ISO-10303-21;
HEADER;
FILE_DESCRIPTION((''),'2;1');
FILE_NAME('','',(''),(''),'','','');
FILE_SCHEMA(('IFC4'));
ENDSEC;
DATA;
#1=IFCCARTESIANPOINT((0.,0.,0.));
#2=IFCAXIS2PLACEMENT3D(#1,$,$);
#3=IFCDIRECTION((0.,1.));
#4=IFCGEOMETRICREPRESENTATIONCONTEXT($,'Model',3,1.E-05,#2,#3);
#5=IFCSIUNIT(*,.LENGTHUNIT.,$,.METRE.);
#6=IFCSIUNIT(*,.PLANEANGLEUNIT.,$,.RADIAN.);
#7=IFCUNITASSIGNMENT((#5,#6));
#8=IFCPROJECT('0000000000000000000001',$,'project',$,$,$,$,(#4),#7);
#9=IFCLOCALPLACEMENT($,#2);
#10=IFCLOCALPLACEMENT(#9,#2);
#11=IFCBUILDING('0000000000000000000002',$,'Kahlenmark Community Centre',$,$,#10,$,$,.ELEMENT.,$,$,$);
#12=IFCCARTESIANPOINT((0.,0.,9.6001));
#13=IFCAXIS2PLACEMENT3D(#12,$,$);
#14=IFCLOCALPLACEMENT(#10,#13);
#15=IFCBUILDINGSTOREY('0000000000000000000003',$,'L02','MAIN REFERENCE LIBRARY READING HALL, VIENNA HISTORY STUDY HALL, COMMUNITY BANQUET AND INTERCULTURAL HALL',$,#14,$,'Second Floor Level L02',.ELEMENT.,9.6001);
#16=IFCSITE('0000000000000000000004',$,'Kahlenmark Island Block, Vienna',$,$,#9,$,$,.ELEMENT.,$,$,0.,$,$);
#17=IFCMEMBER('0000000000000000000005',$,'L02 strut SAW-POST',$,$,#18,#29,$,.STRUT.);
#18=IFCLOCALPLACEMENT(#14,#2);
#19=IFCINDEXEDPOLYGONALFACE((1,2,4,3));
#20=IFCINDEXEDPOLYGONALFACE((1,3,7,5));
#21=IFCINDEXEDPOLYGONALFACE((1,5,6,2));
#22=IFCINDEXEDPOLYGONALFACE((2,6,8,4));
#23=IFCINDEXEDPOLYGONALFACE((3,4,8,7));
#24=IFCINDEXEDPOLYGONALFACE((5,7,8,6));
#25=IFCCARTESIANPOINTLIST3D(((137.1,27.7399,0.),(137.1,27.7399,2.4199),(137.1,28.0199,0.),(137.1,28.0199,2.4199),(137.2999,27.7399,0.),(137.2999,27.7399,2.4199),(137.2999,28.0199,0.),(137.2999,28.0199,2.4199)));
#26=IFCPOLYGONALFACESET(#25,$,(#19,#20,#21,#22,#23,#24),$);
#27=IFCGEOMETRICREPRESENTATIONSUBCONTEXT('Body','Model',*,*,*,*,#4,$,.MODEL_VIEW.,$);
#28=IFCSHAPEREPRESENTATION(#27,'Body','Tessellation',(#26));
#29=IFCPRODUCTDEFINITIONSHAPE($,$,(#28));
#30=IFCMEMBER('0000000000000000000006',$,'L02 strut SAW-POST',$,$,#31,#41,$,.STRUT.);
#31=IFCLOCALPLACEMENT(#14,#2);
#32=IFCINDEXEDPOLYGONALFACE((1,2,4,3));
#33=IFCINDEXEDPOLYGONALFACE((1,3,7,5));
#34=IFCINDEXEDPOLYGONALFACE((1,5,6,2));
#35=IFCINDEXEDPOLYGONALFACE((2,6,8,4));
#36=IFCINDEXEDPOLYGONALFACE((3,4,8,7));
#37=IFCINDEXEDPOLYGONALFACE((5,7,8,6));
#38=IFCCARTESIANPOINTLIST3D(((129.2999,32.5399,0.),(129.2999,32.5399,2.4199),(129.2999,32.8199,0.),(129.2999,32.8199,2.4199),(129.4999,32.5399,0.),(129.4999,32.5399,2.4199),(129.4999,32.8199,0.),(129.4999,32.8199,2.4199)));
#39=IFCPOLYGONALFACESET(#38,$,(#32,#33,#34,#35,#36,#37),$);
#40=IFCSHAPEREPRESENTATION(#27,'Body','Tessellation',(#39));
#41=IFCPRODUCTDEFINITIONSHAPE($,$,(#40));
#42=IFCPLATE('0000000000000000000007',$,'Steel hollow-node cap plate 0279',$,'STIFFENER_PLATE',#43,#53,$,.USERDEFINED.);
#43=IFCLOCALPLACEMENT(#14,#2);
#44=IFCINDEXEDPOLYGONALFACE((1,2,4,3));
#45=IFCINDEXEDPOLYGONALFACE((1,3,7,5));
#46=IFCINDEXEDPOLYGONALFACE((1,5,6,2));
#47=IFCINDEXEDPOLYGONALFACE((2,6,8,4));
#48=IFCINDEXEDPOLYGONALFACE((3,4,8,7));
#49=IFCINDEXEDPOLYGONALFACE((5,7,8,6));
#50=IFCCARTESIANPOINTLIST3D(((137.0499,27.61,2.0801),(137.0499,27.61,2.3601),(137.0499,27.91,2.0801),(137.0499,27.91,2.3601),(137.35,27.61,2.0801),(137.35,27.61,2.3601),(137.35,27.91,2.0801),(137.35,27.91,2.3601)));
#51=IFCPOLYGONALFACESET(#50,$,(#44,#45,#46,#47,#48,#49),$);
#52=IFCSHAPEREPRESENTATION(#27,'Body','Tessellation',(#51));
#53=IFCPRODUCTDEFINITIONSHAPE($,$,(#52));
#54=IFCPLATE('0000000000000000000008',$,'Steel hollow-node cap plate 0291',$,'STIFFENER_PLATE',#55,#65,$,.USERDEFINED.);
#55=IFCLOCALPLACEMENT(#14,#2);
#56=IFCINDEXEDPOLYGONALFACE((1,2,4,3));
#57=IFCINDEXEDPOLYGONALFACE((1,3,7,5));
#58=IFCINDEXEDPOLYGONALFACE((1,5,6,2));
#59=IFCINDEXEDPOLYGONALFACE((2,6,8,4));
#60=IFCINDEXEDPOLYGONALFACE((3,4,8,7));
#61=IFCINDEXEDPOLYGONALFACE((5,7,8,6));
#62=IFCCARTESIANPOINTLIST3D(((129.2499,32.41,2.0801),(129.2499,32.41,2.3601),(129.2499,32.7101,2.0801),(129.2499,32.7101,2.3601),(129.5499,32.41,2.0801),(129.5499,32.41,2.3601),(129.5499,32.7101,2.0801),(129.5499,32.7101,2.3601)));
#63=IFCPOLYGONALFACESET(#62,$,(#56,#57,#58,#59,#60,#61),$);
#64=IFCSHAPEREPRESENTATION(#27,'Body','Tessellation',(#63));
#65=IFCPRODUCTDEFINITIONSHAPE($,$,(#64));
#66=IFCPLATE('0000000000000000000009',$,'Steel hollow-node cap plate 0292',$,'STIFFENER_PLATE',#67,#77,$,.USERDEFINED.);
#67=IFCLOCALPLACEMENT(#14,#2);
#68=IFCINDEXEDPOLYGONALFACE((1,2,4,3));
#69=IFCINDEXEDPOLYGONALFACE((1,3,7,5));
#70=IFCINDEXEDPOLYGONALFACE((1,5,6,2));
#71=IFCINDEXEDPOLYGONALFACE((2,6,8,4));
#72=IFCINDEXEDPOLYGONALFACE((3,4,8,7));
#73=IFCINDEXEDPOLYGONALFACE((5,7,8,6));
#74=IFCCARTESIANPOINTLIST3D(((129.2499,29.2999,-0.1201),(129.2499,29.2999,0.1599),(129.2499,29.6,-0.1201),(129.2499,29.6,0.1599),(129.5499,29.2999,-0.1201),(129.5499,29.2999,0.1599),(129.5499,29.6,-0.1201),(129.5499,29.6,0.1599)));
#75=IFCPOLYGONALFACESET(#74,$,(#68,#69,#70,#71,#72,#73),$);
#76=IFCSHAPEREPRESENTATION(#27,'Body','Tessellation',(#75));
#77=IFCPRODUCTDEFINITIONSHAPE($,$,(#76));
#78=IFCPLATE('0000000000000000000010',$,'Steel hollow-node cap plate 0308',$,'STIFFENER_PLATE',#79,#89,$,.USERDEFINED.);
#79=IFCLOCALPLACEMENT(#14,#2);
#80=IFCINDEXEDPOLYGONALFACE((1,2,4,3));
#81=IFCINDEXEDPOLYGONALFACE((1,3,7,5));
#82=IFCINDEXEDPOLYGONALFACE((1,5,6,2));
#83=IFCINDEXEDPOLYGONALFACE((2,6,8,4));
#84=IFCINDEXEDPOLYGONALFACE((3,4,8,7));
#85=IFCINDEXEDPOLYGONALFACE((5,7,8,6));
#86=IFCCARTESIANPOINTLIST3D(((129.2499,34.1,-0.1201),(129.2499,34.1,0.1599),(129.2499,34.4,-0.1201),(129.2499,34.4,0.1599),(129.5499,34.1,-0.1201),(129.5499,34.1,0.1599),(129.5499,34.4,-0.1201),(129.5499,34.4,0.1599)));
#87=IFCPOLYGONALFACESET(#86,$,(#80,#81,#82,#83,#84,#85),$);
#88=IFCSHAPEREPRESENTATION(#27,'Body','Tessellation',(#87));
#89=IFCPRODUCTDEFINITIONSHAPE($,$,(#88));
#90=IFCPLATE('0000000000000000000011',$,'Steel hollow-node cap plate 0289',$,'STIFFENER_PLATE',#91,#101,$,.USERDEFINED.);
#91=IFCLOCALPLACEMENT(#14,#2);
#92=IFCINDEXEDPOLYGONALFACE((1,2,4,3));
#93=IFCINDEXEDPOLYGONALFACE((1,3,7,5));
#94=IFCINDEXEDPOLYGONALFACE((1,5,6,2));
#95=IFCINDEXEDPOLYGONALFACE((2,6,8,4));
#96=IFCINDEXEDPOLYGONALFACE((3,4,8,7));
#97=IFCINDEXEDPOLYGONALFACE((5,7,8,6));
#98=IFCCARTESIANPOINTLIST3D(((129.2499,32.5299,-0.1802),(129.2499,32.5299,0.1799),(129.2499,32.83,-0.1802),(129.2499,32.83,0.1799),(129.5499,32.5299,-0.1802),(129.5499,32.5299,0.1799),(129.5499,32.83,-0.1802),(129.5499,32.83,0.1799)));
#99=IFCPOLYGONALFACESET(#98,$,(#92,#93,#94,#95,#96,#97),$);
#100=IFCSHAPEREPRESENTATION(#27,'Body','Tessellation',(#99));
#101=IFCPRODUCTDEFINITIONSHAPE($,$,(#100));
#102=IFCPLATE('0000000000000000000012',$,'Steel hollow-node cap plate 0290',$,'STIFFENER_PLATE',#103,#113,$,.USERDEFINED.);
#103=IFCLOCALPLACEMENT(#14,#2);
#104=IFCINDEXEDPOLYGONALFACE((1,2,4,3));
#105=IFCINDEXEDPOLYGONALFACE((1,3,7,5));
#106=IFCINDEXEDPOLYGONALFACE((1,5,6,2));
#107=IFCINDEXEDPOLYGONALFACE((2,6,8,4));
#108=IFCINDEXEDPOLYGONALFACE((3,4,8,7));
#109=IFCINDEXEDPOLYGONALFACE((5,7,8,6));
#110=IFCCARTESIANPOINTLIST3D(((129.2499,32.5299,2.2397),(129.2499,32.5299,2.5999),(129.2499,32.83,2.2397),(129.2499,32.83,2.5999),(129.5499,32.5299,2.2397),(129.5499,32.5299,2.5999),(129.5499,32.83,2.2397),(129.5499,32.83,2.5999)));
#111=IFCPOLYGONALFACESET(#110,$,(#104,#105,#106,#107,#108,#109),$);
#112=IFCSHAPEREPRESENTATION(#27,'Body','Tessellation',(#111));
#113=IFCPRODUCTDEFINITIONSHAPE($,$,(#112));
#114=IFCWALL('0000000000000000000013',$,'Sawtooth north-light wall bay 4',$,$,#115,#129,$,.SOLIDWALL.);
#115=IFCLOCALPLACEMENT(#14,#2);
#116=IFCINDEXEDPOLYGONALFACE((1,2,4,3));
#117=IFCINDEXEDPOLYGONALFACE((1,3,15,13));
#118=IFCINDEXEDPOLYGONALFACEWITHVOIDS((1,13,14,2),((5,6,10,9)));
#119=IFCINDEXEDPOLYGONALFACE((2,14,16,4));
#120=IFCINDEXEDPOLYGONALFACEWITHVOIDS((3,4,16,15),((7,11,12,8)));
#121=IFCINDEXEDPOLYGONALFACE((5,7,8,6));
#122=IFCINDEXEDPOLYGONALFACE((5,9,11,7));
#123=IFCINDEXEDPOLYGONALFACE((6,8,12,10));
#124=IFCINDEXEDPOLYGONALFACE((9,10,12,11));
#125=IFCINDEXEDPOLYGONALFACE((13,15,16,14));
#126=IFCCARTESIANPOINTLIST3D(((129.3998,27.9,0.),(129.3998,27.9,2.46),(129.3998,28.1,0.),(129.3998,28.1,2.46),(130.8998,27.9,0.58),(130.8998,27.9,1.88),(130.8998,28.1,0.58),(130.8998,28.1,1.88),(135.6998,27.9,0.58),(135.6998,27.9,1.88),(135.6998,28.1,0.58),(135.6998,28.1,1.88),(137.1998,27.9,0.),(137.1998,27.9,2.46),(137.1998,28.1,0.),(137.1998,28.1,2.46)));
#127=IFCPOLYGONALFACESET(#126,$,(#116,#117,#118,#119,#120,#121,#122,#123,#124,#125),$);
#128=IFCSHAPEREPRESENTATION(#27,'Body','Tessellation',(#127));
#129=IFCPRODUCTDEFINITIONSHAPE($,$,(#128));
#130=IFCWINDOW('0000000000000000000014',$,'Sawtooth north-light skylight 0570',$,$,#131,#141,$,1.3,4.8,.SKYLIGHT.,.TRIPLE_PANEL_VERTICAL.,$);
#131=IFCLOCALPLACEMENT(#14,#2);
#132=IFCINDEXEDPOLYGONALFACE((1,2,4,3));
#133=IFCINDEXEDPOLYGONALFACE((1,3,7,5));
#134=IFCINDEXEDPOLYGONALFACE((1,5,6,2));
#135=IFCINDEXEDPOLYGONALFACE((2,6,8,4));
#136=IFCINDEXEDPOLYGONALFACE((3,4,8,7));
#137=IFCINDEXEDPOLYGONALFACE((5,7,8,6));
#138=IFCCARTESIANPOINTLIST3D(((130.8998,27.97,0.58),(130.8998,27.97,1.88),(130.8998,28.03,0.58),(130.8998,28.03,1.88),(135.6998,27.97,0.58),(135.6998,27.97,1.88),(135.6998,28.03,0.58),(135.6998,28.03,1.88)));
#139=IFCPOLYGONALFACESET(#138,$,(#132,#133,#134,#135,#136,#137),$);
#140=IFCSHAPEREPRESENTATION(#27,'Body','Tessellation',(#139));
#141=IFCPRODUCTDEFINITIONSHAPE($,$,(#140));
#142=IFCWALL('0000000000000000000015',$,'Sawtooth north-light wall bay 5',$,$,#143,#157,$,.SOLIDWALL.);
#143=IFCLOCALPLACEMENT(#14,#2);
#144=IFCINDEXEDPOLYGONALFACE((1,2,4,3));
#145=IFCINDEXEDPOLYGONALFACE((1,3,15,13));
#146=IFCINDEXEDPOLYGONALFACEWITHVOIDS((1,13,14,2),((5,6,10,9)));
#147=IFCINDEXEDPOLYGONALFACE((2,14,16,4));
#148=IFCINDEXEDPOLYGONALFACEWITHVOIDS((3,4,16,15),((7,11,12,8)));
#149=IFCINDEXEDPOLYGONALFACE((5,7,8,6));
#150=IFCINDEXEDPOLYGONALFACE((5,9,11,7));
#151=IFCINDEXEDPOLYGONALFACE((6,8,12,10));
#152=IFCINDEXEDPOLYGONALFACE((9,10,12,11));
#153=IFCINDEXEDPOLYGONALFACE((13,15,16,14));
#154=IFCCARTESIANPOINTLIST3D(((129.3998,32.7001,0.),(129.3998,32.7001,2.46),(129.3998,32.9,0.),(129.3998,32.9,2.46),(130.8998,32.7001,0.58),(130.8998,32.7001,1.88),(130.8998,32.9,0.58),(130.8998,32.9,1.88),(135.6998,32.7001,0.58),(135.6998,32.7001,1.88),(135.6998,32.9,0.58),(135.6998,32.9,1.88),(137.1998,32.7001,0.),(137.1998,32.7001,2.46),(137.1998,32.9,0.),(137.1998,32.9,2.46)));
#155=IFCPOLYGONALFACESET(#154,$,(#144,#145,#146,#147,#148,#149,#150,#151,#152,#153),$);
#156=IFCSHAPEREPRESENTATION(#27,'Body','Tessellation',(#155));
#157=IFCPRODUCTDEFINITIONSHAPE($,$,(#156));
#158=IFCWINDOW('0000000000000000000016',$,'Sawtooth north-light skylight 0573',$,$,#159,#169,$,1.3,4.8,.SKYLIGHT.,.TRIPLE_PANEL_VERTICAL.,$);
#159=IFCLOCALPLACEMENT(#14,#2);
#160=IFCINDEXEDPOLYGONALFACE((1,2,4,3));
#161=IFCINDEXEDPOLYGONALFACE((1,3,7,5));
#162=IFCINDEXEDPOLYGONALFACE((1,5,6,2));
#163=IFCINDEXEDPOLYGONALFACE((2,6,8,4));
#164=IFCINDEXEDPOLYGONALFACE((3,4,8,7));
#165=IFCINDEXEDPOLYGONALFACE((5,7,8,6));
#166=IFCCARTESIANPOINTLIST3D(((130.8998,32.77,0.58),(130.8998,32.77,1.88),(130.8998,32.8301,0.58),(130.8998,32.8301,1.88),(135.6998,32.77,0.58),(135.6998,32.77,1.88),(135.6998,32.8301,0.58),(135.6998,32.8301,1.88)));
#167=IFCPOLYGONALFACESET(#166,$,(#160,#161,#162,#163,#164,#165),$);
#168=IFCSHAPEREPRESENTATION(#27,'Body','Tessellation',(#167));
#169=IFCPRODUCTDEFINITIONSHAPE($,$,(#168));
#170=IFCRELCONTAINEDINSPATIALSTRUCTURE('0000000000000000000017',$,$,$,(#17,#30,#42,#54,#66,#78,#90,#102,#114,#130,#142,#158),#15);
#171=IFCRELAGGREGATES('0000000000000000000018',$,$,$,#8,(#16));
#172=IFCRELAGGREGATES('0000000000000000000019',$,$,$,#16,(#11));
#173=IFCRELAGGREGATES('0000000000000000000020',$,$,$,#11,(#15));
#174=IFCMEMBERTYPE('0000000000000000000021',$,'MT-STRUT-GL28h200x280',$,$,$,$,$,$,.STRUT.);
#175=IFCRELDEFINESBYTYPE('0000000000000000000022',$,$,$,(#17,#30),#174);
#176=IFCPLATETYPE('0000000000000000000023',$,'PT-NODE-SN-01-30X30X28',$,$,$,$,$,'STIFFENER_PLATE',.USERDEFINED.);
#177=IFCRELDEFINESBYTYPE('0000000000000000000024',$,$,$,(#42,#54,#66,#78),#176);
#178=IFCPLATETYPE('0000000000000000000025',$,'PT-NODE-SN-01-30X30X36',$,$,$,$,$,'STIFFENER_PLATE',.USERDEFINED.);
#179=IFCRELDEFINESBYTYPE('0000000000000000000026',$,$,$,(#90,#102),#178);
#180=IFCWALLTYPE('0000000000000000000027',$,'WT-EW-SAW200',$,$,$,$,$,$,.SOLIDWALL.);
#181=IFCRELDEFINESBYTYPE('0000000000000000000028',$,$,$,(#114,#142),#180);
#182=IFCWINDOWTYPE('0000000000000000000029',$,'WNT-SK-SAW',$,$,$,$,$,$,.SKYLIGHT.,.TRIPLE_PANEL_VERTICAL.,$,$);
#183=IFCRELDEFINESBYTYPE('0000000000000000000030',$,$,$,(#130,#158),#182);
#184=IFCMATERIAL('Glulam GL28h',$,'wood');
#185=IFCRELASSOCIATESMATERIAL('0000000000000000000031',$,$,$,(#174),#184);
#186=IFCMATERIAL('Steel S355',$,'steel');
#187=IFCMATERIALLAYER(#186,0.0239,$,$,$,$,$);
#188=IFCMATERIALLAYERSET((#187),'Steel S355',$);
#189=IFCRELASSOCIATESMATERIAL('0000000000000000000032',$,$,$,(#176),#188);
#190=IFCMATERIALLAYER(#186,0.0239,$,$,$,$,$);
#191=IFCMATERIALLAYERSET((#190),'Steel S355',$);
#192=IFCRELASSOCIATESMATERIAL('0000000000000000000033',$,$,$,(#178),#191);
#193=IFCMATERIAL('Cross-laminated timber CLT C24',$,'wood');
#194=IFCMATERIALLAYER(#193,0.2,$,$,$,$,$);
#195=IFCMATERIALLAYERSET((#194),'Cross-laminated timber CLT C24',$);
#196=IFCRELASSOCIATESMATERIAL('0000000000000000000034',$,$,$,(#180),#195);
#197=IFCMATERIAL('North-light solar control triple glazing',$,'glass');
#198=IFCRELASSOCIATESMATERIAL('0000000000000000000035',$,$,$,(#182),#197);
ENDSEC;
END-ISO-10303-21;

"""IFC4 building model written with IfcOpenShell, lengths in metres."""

from ifc_helpers import new_model, si_unit, direction, frame, frame_2d, origin, origin_2d, place, context, subcontext, project, spatial, rectangle, extrude, material, layer, layer_set, material_profile, profile_set, type_object, element, fill, save


model = new_model("IFC4")

# Units and contexts
model_context = context("Model", 3, precision=1e-05, world=origin(), true_north=direction((0.0, 1.0)))
body_context = subcontext(model_context, "Body", "Model", "MODEL_VIEW")
ifc_project = project(units=[si_unit("LENGTHUNIT", "METRE"), si_unit("PLANEANGLEUNIT", "RADIAN")], contexts=[model_context])

# Site, building, storey
site_placement = place(None, origin())
site = spatial("IfcSite", under=ifc_project, at=site_placement, Name="Kahlenmark Island Block, Vienna", CompositionType="ELEMENT", RefElevation=0.0)
building_placement = place(site_placement, origin())
building = spatial("IfcBuilding", under=site, at=building_placement, Name="Kahlenmark Community Centre", CompositionType="ELEMENT")
storey_placement = place(building_placement, frame((0.0, 0.0, 9.6001)))
storey = spatial("IfcBuildingStorey", under=building, at=storey_placement, Name="L02", Description="MAIN REFERENCE LIBRARY READING HALL, VIENNA HISTORY STUDY HALL, COMMUNITY BANQUET AND INTERCULTURAL HALL", LongName="Second Floor Level L02", CompositionType="ELEMENT", Elevation=9.6001)

# Members
ifc_material_1 = material(Name="Steel S355", Category="steel")
ifc_material_2 = material(Name="Glulam GL28h", Category="wood")
ifc_material_profile_1 = material_profile(ifc_material_2, rectangle(XDim=0.2, YDim=0.28, at=origin_2d()), Name="GL28h 200x280")
ifc_profile_set_1 = profile_set([ifc_material_profile_1], Name="Glulam GL28h")
member_type_1 = type_object("IfcMemberType", Name="MT-STRUT-GL28h200x280", PredefinedType="STRUT", material=ifc_profile_set_1)
for number, where, z_axis, x_axis, name in (
    (1, (137.2, 27.8799, 0.0), (0.0, 0.0, 1.0), (1.0, 0.0, 0.0), "L02 strut SAW-POST"),
    (2, (129.3999, 32.6799, 0.0), (0.0, 0.0, 1.0), (1.0, 0.0, 0.0), "L02 strut SAW-POST"),
):
    element("IfcMember", number, at=place(storey_placement, frame(where, z_axis=z_axis, x_axis=x_axis)), inside=storey, type_object=member_type_1, Name=name, PredefinedType="STRUT", context=body_context, shape_type="SweptSolid", body=[
        extrude(rectangle(XDim=0.2, YDim=0.28, at=origin_2d()), origin(), (0.0, 0.0, 1.0), 2.4199),
    ])

# Plates
ifc_layer_1 = layer(ifc_material_1, 0.0239)
ifc_layer_set_1 = layer_set([ifc_layer_1], Name="Steel S355")
plate_type_1 = type_object("IfcPlateType", Name="PT-NODE-SN-01-30X30X28", ElementType="STIFFENER_PLATE", PredefinedType="USERDEFINED", material=ifc_layer_set_1)
for number, where, z_axis, x_axis, name in (
    (3, (137.2, 27.76, 2.0801), (0.0, 0.0, 1.0), (1.0, 0.0, 0.0), "Steel hollow-node cap plate 0279"),
    (4, (129.3999, 32.5601, 2.0801), (0.0, 0.0, 1.0), (1.0, 0.0, 0.0), "Steel hollow-node cap plate 0291"),
    (5, (129.3999, 29.45, -0.1201), (0.0, 0.0, 1.0), (1.0, 0.0, 0.0), "Steel hollow-node cap plate 0292"),
    (6, (129.3999, 34.25, -0.1201), (0.0, 0.0, 1.0), (1.0, 0.0, 0.0), "Steel hollow-node cap plate 0308"),
):
    element("IfcPlate", number, at=place(storey_placement, frame(where, z_axis=z_axis, x_axis=x_axis)), inside=storey, type_object=plate_type_1, Name=name, ObjectType="STIFFENER_PLATE", PredefinedType="USERDEFINED", context=body_context, shape_type="SweptSolid", body=[
        extrude(rectangle(XDim=0.3, YDim=0.3, at=origin_2d()), origin(), (0.0, 0.0, 1.0), 0.28),
    ])
ifc_layer_2 = layer(ifc_material_1, 0.0239)
ifc_layer_set_2 = layer_set([ifc_layer_2], Name="Steel S355")
plate_type_2 = type_object("IfcPlateType", Name="PT-NODE-SN-01-30X30X36", ElementType="STIFFENER_PLATE", PredefinedType="USERDEFINED", material=ifc_layer_set_2)
for number, where, z_axis, x_axis, name in (
    (7, (129.3999, 32.6799, -0.1802), (0.0, 0.0, 1.0), (1.0, 0.0, 0.0), "Steel hollow-node cap plate 0289"),
    (8, (129.3999, 32.6799, 2.2397), (0.0, 0.0, 1.0), (1.0, 0.0, 0.0), "Steel hollow-node cap plate 0290"),
):
    element("IfcPlate", number, at=place(storey_placement, frame(where, z_axis=z_axis, x_axis=x_axis)), inside=storey, type_object=plate_type_2, Name=name, ObjectType="STIFFENER_PLATE", PredefinedType="USERDEFINED", context=body_context, shape_type="SweptSolid", body=[
        extrude(rectangle(XDim=0.3, YDim=0.3, at=origin_2d()), origin(), (0.0, 0.0, 1.0), 0.3601),
    ])

# Walls, openings, windows
ifc_material_3 = material(Name="Cross-laminated timber CLT C24", Category="wood")
ifc_layer_3 = layer(ifc_material_3, 0.2)
ifc_layer_set_3 = layer_set([ifc_layer_3], Name="Cross-laminated timber CLT C24")
wall_type = type_object("IfcWallType", Name="WT-EW-SAW200", PredefinedType="SOLIDWALL", material=ifc_layer_set_3)
wall_1_placement = place(storey_placement, frame((129.3999, 28.0, 0.0), z_axis=(0.0, 0.0, 1.0), x_axis=(1.0, 0.0, 0.0)))
wall_1 = element("IfcWall", 9, at=wall_1_placement, inside=storey, type_object=wall_type, Name="Sawtooth north-light wall bay 4", PredefinedType="SOLIDWALL", context=body_context, shape_type="SweptSolid", body=[
    extrude(rectangle(XDim=7.8, YDim=0.2, at=frame_2d((3.8999, 0.0))), origin(), (0.0, 0.0, 1.0), 2.46),
])
opening_1_placement = place(wall_1_placement, frame((1.5, 0.0, 0.5801)))
opening_1 = element("IfcOpeningElement", 10, at=opening_1_placement, cuts=wall_1, PredefinedType="OPENING", context=body_context, shape_type="SweptSolid", body=[
    extrude(rectangle(XDim=4.8, YDim=1.3, at=frame_2d((2.3999, 0.6499))), frame((0.0, 0.1099, 0.0), z_axis=(0.0, -1.0, 0.0), x_axis=(1.0, 0.0, 0.0)), (0.0, 0.0, 1.0), 0.22),
])
ifc_material_4 = material(Name="North-light solar control triple glazing", Category="glass")
window_type = type_object("IfcWindowType", Name="WNT-SK-SAW", PartitioningType="TRIPLE_PANEL_VERTICAL", PredefinedType="SKYLIGHT", material=ifc_material_4)
window_1_placement = place(opening_1_placement, origin())
window_1 = element("IfcWindow", 11, at=window_1_placement, inside=storey, type_object=window_type, Name="Sawtooth north-light skylight 0570", OverallHeight=1.3, OverallWidth=4.8, PartitioningType="TRIPLE_PANEL_VERTICAL", PredefinedType="SKYLIGHT", context=body_context, shape_type="SweptSolid", body=[
    extrude(rectangle(XDim=4.8, YDim=1.3, at=frame_2d((2.3999, 0.6499))), frame((0.0, 0.03, 0.0), z_axis=(0.0, -1.0, 0.0), x_axis=(1.0, 0.0, 0.0)), (0.0, 0.0, 1.0), 0.0601),
])
fill(opening_1, window_1)
wall_2_placement = place(storey_placement, frame((129.3999, 32.8, 0.0), z_axis=(0.0, 0.0, 1.0), x_axis=(1.0, 0.0, 0.0)))
wall_2 = element("IfcWall", 12, at=wall_2_placement, inside=storey, type_object=wall_type, Name="Sawtooth north-light wall bay 5", PredefinedType="SOLIDWALL", context=body_context, shape_type="SweptSolid", body=[
    extrude(rectangle(XDim=7.8, YDim=0.2, at=frame_2d((3.8999, 0.0))), origin(), (0.0, 0.0, 1.0), 2.46),
])
opening_2_placement = place(wall_2_placement, frame((1.5, 0.0, 0.5801)))
opening_2 = element("IfcOpeningElement", 13, at=opening_2_placement, cuts=wall_2, PredefinedType="OPENING", context=body_context, shape_type="SweptSolid", body=[
    extrude(rectangle(XDim=4.8, YDim=1.3, at=frame_2d((2.3999, 0.6499))), frame((0.0, 0.1099, 0.0), z_axis=(0.0, -1.0, 0.0), x_axis=(1.0, 0.0, 0.0)), (0.0, 0.0, 1.0), 0.22),
])
window_2_placement = place(opening_2_placement, origin())
window_2 = element("IfcWindow", 14, at=window_2_placement, inside=storey, type_object=window_type, Name="Sawtooth north-light skylight 0573", OverallHeight=1.3, OverallWidth=4.8, PartitioningType="TRIPLE_PANEL_VERTICAL", PredefinedType="SKYLIGHT", context=body_context, shape_type="SweptSolid", body=[
    extrude(rectangle(XDim=4.8, YDim=1.3, at=frame_2d((2.3999, 0.6499))), frame((0.0, 0.03, 0.0), z_axis=(0.0, -1.0, 0.0), x_axis=(1.0, 0.0, 0.0)), (0.0, 0.0, 1.0), 0.0601),
])
fill(opening_2, window_2)

save(model, "model.ifc")
